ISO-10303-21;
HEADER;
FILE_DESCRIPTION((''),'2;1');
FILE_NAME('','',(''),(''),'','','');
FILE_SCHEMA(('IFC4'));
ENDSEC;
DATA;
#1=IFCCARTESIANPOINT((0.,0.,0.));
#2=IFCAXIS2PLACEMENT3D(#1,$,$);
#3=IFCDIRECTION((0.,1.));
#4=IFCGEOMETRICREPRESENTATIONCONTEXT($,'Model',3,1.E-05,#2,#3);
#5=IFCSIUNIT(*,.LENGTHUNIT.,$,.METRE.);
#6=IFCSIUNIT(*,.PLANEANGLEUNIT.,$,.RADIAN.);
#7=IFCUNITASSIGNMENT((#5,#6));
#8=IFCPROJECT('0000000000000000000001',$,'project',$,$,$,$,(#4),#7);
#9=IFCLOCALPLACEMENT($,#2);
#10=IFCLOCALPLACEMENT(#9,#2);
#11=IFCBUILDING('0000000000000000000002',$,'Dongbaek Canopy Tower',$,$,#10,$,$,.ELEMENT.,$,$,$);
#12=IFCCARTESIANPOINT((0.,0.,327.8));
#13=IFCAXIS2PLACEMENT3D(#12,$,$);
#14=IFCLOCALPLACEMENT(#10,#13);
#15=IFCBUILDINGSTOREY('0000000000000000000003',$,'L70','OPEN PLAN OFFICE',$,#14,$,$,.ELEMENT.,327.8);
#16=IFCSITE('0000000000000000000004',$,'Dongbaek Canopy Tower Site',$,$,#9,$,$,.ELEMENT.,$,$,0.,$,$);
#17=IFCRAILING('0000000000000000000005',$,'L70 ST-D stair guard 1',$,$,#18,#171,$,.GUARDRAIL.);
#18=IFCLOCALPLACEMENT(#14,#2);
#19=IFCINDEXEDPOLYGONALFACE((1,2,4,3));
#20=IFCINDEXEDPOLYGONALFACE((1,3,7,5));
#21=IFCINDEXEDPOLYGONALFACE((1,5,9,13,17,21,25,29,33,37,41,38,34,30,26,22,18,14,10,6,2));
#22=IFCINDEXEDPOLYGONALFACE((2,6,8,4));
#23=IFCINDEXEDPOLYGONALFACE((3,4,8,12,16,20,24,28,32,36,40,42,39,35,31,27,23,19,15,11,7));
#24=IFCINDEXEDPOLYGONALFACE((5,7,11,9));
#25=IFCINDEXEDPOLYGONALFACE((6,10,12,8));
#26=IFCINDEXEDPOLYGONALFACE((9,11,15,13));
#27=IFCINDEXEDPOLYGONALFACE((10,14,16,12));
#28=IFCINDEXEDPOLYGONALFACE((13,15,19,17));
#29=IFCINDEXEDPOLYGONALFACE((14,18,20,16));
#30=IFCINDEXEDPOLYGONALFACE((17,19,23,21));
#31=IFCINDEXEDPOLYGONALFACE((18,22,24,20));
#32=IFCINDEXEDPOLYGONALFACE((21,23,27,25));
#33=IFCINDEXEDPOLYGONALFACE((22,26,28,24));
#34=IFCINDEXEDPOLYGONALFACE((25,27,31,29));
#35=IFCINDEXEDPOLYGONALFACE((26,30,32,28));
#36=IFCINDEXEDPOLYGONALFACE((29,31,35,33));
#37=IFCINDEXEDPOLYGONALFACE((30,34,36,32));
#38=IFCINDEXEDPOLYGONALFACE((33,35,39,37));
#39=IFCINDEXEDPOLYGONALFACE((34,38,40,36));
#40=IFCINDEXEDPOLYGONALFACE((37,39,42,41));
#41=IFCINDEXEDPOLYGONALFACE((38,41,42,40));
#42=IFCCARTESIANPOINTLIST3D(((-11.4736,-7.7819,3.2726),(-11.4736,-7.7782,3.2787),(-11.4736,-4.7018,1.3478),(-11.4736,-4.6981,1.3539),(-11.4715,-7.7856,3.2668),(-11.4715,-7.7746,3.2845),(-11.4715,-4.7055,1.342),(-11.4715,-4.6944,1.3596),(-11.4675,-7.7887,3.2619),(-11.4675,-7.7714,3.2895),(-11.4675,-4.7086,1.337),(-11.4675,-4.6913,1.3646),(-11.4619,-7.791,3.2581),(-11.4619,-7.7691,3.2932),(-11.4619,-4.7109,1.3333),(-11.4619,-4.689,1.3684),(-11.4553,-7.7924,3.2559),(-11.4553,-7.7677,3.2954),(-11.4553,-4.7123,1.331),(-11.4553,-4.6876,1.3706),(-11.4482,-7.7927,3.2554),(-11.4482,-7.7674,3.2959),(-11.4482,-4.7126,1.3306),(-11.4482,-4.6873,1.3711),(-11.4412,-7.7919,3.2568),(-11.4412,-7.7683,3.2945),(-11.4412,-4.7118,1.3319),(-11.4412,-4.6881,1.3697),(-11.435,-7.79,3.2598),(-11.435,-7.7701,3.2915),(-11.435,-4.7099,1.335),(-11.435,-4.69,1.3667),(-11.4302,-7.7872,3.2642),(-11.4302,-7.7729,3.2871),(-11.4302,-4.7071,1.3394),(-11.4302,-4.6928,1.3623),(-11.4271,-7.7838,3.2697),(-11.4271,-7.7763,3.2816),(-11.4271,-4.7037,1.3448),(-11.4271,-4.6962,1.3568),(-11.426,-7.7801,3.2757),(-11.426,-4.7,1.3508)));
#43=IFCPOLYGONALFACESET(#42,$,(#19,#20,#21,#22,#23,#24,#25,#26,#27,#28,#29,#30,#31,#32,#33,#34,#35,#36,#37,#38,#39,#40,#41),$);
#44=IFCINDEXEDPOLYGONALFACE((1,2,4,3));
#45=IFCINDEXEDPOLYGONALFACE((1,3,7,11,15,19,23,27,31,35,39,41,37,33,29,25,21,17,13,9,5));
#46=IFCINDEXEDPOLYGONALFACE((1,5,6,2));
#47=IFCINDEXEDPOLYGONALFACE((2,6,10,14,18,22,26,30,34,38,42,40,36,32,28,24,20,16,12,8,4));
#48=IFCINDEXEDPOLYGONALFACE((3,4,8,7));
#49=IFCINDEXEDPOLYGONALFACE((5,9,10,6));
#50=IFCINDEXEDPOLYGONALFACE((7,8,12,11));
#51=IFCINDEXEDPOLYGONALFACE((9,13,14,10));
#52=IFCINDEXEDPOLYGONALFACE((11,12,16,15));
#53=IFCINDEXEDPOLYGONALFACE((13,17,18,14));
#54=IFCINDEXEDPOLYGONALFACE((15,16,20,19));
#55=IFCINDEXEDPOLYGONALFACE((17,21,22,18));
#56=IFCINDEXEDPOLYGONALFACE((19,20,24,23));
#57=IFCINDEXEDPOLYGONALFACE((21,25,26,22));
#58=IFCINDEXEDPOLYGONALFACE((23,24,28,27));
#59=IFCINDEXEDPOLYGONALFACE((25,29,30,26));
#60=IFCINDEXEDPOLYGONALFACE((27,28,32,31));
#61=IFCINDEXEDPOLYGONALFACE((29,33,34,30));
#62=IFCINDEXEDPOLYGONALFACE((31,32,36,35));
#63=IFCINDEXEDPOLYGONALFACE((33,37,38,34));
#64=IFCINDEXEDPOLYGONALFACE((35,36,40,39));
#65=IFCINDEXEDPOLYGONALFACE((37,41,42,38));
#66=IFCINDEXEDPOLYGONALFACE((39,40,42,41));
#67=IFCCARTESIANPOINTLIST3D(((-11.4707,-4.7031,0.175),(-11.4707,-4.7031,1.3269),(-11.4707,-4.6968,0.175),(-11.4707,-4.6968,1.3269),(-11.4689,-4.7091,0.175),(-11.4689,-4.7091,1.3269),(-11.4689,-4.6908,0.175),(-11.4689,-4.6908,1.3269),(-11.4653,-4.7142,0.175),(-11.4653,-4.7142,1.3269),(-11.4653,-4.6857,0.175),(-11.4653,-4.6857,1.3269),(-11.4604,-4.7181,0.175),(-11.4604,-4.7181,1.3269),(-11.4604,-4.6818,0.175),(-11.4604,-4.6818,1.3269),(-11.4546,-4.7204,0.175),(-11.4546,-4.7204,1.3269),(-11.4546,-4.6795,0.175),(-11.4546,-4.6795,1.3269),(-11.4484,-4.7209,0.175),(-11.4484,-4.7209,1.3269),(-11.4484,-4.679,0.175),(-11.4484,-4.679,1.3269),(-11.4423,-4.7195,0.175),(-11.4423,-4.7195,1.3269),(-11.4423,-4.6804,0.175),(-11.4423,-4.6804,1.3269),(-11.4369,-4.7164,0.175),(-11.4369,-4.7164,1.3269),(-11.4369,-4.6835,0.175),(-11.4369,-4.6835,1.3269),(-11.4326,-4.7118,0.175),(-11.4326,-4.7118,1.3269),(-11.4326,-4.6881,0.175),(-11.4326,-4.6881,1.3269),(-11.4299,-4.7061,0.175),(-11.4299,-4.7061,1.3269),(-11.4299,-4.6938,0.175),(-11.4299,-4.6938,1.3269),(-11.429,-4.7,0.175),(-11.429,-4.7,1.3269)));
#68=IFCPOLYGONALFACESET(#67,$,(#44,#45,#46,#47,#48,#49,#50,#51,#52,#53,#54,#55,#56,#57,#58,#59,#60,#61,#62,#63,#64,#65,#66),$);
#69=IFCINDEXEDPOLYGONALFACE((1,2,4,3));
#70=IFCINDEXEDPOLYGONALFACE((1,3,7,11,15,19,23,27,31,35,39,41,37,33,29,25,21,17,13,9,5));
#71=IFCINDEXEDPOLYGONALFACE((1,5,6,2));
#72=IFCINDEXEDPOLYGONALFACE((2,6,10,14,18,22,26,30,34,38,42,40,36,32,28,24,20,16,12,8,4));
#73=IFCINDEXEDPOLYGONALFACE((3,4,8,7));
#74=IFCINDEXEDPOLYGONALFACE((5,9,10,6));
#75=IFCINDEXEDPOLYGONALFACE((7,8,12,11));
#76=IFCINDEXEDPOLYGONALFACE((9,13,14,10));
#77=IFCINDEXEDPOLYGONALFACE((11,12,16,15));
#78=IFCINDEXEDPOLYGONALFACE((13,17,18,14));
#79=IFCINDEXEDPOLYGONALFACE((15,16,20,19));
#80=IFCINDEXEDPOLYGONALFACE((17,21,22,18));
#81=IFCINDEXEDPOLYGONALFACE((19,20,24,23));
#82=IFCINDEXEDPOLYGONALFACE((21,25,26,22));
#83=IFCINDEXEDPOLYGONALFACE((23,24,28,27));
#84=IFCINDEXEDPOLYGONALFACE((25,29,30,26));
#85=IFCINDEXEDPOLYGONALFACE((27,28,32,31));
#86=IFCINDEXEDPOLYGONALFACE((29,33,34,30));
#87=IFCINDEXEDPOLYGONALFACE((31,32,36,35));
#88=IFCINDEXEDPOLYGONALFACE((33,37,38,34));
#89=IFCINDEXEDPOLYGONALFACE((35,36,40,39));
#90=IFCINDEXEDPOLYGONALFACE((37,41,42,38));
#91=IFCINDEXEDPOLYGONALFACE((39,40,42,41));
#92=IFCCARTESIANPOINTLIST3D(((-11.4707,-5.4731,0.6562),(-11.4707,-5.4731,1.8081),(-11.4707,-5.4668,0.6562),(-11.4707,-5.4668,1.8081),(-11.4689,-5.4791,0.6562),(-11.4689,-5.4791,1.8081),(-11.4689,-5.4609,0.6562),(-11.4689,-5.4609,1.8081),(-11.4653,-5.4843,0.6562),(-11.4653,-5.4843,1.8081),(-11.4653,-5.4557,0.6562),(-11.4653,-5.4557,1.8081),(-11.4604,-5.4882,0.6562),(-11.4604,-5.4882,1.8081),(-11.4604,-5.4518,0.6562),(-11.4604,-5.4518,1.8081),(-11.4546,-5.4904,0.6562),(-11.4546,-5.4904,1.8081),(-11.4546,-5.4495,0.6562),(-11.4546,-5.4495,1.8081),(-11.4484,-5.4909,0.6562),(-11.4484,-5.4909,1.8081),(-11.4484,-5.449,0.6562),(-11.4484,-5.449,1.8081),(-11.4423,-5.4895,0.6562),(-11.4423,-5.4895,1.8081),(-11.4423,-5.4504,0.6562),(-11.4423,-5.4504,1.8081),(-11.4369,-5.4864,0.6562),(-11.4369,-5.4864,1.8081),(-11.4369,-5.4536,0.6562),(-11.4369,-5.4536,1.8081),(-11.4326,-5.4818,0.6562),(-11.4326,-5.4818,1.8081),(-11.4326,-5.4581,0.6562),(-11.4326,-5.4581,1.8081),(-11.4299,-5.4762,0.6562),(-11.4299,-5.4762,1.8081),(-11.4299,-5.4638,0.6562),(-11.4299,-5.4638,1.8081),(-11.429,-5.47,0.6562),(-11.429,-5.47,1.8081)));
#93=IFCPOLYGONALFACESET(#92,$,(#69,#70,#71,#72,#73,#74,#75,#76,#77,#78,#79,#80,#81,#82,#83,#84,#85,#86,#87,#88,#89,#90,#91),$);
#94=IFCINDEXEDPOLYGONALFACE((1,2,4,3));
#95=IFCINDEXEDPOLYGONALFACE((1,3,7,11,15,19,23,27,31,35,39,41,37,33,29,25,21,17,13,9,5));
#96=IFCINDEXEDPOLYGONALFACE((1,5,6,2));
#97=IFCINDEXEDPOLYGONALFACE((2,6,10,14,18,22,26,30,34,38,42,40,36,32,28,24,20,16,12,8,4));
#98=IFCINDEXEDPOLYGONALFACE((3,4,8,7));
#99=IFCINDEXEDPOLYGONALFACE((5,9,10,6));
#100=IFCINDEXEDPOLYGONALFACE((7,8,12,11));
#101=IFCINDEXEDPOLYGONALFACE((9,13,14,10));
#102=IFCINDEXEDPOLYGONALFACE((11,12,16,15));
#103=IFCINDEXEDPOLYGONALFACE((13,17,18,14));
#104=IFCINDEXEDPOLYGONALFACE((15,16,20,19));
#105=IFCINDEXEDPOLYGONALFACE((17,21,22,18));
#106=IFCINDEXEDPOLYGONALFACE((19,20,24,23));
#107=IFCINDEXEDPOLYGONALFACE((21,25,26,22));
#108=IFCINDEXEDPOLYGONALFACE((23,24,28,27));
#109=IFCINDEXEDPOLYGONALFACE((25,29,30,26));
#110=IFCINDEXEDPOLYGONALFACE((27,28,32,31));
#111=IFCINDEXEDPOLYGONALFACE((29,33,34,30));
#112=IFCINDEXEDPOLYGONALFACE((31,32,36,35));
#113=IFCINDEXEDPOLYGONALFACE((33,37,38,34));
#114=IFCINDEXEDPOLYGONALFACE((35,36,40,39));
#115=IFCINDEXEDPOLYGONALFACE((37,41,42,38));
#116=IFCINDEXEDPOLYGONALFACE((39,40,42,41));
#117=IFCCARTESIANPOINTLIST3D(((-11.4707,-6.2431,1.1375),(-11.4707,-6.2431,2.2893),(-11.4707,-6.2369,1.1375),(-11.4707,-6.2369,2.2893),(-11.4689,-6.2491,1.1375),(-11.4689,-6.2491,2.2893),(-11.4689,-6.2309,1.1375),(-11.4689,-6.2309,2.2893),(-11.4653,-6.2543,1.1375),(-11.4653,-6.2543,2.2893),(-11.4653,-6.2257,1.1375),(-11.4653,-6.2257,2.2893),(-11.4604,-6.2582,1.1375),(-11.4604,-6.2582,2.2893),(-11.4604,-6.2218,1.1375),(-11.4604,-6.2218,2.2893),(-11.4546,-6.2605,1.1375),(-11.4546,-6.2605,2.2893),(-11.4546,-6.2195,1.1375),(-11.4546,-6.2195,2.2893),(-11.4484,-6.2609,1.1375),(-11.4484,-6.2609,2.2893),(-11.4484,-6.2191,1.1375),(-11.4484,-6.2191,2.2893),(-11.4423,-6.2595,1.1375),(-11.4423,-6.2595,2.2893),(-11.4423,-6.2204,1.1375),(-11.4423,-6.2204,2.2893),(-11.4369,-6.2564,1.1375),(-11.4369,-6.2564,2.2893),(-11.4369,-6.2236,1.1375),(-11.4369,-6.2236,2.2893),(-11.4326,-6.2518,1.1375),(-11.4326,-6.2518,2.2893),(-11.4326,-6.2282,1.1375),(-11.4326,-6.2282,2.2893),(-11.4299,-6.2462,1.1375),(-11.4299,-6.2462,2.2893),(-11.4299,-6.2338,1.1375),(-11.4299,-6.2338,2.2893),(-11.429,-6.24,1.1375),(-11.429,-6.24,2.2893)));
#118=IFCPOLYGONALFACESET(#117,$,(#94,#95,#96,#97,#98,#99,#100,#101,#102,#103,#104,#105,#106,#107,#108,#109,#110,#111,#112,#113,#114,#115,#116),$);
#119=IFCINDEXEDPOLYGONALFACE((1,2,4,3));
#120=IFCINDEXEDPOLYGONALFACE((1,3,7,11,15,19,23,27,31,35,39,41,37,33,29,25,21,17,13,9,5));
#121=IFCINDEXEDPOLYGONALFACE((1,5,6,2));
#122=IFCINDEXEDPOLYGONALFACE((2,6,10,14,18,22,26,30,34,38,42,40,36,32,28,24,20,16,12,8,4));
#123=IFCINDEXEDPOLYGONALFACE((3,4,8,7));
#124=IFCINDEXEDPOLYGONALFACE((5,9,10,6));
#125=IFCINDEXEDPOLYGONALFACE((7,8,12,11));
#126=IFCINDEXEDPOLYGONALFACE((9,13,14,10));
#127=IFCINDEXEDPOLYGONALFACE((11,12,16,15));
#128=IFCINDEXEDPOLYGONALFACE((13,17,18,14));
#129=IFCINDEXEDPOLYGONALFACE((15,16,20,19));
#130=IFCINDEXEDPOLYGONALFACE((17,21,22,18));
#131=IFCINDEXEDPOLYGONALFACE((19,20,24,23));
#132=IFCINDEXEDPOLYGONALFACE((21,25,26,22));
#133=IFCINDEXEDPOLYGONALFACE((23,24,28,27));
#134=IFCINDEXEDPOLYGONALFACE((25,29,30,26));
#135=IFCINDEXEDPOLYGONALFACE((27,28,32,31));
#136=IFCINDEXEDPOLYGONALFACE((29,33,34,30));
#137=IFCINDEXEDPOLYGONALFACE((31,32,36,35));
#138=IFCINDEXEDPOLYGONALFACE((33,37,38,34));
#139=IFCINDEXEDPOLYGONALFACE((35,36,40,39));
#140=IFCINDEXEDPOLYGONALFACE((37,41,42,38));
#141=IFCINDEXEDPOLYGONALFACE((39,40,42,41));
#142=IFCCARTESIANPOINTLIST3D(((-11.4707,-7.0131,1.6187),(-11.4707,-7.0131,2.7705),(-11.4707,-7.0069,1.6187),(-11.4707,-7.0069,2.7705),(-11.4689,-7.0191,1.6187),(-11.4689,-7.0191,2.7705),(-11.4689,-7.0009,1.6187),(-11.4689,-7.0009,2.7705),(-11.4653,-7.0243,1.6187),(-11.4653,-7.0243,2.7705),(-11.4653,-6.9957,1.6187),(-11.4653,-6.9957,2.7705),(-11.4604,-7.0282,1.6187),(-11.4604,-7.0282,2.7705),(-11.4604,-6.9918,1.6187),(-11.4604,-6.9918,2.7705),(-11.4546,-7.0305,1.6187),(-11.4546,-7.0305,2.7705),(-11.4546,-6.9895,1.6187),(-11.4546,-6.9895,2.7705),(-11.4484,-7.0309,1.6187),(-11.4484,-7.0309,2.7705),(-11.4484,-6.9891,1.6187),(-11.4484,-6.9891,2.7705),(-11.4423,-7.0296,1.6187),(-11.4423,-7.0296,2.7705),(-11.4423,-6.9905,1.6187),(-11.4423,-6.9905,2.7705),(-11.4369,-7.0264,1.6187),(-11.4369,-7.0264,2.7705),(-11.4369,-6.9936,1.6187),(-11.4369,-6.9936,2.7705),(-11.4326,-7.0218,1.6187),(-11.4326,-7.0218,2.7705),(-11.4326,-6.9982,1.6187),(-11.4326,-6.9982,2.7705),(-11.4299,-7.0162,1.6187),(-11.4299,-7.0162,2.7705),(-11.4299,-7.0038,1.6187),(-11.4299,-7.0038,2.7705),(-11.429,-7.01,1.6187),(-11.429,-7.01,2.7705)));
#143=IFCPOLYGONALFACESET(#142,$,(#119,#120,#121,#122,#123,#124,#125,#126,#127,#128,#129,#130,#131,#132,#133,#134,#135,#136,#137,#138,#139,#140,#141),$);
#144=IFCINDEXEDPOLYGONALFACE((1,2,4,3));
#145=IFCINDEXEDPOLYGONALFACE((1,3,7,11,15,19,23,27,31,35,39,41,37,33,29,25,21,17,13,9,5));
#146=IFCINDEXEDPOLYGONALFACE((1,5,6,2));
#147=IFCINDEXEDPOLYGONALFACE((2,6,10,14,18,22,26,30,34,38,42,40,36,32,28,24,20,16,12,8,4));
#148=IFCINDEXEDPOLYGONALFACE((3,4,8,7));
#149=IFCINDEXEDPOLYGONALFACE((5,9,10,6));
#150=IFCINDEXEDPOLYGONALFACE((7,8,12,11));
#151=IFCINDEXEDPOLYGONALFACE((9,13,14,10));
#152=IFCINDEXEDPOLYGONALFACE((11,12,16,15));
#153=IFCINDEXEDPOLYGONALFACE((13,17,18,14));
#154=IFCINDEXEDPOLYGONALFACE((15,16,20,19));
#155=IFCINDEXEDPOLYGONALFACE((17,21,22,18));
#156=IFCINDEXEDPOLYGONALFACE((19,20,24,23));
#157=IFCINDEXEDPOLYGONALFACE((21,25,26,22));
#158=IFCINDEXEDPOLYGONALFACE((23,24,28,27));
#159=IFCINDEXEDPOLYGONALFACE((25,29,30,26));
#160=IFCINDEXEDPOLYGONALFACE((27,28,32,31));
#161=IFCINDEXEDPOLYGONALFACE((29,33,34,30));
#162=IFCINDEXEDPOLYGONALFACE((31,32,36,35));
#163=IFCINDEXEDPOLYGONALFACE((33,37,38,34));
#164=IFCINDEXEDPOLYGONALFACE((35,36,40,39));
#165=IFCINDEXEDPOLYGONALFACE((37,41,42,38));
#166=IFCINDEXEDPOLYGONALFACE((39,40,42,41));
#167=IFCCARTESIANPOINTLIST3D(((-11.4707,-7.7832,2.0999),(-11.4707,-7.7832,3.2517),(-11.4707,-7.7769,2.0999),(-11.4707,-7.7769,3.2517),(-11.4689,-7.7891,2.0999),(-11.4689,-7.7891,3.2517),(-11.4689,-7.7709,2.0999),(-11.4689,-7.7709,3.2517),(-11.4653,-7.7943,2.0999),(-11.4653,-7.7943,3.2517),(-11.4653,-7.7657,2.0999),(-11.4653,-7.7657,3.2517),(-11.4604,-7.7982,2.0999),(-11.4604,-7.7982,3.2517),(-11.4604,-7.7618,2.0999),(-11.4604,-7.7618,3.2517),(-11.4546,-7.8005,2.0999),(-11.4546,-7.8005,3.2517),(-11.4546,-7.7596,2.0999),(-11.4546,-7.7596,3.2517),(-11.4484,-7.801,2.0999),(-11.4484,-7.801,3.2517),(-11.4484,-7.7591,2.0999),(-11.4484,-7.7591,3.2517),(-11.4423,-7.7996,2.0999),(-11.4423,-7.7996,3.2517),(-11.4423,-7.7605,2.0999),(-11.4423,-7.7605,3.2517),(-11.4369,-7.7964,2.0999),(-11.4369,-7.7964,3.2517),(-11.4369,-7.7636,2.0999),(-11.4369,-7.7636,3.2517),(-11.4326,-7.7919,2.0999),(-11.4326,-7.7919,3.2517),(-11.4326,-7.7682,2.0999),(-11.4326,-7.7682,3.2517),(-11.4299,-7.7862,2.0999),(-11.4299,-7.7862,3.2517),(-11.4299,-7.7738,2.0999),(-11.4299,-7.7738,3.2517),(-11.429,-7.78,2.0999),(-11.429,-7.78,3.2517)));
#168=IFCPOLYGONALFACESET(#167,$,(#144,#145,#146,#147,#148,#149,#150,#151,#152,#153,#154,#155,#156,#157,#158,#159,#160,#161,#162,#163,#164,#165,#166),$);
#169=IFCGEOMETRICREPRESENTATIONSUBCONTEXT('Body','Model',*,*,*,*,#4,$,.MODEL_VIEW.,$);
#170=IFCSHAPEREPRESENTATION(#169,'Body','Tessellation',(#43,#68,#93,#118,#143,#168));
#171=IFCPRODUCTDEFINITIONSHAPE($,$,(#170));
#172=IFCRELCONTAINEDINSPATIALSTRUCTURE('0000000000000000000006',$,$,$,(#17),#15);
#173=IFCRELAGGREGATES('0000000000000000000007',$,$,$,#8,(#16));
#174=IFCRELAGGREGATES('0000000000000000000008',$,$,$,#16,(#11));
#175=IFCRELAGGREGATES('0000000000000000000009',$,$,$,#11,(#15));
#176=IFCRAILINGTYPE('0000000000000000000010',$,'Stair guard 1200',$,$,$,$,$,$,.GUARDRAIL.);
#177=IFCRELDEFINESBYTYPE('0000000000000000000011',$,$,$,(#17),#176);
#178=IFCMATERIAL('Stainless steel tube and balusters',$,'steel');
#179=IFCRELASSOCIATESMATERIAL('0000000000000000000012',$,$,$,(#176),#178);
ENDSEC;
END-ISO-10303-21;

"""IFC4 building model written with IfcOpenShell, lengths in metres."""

from ifc_helpers import new_model, si_unit, direction, frame, origin, origin_2d, place, context, subcontext, project, spatial, circle, extrude, material, type_object, element, save


model = new_model("IFC4")

# Units and contexts
model_context = context("Model", 3, precision=1e-05, world=origin(), true_north=direction((0.0, 1.0)))
body_context = subcontext(model_context, "Body", "Model", "MODEL_VIEW")
ifc_project = project(units=[si_unit("LENGTHUNIT", "METRE"), si_unit("PLANEANGLEUNIT", "RADIAN")], contexts=[model_context])

# Site, building, storey
site_placement = place(None, origin())
site = spatial("IfcSite", under=ifc_project, at=site_placement, Name="Dongbaek Canopy Tower Site", CompositionType="ELEMENT", RefElevation=0.0)
building_placement = place(site_placement, origin())
building = spatial("IfcBuilding", under=site, at=building_placement, Name="Dongbaek Canopy Tower", CompositionType="ELEMENT")
storey_placement = place(building_placement, frame((0.0, 0.0, 327.8)))
storey = spatial("IfcBuildingStorey", under=building, at=storey_placement, Name="L70", Description="OPEN PLAN OFFICE", CompositionType="ELEMENT", Elevation=327.8)

# Railing
ifc_material_1 = material(Name="Stainless steel tube and balusters", Category="steel")
railing_type_1 = type_object("IfcRailingType", Name="Stair guard 1200", PredefinedType="GUARDRAIL", material=ifc_material_1)
railing_1_placement = place(storey_placement, frame((-11.45, -4.7, 0.175)))
element("IfcRailing", 1, at=railing_1_placement, inside=storey, type_object=railing_type_1, Name="L70 ST-D stair guard 1", PredefinedType="GUARDRAIL", context=body_context, shape_type="SweptSolid", body=[
    extrude(circle(Radius=0.0239, at=origin_2d()), frame((0.0, 0.0, 1.1758), z_axis=(0.0, -0.848029, 0.529951), x_axis=(1.0, 0.0, 0.0)), (0.0, 0.0, 1.0), 3.6321),
    extrude(circle(Radius=0.021, at=origin_2d()), origin(), (0.0, 0.0, 1.0), 1.1519),
    extrude(circle(Radius=0.021, at=origin_2d()), frame((0.0, -0.77, 0.4812)), (0.0, 0.0, 1.0), 1.1519),
    extrude(circle(Radius=0.021, at=origin_2d()), frame((0.0, -1.54, 0.9624)), (0.0, 0.0, 1.0), 1.1519),
    extrude(circle(Radius=0.021, at=origin_2d()), frame((0.0, -2.3101, 1.4436)), (0.0, 0.0, 1.0), 1.1519),
    extrude(circle(Radius=0.021, at=origin_2d()), frame((0.0, -3.0801, 1.9248)), (0.0, 0.0, 1.0), 1.1519),
])

save(model, "model.ifc")
